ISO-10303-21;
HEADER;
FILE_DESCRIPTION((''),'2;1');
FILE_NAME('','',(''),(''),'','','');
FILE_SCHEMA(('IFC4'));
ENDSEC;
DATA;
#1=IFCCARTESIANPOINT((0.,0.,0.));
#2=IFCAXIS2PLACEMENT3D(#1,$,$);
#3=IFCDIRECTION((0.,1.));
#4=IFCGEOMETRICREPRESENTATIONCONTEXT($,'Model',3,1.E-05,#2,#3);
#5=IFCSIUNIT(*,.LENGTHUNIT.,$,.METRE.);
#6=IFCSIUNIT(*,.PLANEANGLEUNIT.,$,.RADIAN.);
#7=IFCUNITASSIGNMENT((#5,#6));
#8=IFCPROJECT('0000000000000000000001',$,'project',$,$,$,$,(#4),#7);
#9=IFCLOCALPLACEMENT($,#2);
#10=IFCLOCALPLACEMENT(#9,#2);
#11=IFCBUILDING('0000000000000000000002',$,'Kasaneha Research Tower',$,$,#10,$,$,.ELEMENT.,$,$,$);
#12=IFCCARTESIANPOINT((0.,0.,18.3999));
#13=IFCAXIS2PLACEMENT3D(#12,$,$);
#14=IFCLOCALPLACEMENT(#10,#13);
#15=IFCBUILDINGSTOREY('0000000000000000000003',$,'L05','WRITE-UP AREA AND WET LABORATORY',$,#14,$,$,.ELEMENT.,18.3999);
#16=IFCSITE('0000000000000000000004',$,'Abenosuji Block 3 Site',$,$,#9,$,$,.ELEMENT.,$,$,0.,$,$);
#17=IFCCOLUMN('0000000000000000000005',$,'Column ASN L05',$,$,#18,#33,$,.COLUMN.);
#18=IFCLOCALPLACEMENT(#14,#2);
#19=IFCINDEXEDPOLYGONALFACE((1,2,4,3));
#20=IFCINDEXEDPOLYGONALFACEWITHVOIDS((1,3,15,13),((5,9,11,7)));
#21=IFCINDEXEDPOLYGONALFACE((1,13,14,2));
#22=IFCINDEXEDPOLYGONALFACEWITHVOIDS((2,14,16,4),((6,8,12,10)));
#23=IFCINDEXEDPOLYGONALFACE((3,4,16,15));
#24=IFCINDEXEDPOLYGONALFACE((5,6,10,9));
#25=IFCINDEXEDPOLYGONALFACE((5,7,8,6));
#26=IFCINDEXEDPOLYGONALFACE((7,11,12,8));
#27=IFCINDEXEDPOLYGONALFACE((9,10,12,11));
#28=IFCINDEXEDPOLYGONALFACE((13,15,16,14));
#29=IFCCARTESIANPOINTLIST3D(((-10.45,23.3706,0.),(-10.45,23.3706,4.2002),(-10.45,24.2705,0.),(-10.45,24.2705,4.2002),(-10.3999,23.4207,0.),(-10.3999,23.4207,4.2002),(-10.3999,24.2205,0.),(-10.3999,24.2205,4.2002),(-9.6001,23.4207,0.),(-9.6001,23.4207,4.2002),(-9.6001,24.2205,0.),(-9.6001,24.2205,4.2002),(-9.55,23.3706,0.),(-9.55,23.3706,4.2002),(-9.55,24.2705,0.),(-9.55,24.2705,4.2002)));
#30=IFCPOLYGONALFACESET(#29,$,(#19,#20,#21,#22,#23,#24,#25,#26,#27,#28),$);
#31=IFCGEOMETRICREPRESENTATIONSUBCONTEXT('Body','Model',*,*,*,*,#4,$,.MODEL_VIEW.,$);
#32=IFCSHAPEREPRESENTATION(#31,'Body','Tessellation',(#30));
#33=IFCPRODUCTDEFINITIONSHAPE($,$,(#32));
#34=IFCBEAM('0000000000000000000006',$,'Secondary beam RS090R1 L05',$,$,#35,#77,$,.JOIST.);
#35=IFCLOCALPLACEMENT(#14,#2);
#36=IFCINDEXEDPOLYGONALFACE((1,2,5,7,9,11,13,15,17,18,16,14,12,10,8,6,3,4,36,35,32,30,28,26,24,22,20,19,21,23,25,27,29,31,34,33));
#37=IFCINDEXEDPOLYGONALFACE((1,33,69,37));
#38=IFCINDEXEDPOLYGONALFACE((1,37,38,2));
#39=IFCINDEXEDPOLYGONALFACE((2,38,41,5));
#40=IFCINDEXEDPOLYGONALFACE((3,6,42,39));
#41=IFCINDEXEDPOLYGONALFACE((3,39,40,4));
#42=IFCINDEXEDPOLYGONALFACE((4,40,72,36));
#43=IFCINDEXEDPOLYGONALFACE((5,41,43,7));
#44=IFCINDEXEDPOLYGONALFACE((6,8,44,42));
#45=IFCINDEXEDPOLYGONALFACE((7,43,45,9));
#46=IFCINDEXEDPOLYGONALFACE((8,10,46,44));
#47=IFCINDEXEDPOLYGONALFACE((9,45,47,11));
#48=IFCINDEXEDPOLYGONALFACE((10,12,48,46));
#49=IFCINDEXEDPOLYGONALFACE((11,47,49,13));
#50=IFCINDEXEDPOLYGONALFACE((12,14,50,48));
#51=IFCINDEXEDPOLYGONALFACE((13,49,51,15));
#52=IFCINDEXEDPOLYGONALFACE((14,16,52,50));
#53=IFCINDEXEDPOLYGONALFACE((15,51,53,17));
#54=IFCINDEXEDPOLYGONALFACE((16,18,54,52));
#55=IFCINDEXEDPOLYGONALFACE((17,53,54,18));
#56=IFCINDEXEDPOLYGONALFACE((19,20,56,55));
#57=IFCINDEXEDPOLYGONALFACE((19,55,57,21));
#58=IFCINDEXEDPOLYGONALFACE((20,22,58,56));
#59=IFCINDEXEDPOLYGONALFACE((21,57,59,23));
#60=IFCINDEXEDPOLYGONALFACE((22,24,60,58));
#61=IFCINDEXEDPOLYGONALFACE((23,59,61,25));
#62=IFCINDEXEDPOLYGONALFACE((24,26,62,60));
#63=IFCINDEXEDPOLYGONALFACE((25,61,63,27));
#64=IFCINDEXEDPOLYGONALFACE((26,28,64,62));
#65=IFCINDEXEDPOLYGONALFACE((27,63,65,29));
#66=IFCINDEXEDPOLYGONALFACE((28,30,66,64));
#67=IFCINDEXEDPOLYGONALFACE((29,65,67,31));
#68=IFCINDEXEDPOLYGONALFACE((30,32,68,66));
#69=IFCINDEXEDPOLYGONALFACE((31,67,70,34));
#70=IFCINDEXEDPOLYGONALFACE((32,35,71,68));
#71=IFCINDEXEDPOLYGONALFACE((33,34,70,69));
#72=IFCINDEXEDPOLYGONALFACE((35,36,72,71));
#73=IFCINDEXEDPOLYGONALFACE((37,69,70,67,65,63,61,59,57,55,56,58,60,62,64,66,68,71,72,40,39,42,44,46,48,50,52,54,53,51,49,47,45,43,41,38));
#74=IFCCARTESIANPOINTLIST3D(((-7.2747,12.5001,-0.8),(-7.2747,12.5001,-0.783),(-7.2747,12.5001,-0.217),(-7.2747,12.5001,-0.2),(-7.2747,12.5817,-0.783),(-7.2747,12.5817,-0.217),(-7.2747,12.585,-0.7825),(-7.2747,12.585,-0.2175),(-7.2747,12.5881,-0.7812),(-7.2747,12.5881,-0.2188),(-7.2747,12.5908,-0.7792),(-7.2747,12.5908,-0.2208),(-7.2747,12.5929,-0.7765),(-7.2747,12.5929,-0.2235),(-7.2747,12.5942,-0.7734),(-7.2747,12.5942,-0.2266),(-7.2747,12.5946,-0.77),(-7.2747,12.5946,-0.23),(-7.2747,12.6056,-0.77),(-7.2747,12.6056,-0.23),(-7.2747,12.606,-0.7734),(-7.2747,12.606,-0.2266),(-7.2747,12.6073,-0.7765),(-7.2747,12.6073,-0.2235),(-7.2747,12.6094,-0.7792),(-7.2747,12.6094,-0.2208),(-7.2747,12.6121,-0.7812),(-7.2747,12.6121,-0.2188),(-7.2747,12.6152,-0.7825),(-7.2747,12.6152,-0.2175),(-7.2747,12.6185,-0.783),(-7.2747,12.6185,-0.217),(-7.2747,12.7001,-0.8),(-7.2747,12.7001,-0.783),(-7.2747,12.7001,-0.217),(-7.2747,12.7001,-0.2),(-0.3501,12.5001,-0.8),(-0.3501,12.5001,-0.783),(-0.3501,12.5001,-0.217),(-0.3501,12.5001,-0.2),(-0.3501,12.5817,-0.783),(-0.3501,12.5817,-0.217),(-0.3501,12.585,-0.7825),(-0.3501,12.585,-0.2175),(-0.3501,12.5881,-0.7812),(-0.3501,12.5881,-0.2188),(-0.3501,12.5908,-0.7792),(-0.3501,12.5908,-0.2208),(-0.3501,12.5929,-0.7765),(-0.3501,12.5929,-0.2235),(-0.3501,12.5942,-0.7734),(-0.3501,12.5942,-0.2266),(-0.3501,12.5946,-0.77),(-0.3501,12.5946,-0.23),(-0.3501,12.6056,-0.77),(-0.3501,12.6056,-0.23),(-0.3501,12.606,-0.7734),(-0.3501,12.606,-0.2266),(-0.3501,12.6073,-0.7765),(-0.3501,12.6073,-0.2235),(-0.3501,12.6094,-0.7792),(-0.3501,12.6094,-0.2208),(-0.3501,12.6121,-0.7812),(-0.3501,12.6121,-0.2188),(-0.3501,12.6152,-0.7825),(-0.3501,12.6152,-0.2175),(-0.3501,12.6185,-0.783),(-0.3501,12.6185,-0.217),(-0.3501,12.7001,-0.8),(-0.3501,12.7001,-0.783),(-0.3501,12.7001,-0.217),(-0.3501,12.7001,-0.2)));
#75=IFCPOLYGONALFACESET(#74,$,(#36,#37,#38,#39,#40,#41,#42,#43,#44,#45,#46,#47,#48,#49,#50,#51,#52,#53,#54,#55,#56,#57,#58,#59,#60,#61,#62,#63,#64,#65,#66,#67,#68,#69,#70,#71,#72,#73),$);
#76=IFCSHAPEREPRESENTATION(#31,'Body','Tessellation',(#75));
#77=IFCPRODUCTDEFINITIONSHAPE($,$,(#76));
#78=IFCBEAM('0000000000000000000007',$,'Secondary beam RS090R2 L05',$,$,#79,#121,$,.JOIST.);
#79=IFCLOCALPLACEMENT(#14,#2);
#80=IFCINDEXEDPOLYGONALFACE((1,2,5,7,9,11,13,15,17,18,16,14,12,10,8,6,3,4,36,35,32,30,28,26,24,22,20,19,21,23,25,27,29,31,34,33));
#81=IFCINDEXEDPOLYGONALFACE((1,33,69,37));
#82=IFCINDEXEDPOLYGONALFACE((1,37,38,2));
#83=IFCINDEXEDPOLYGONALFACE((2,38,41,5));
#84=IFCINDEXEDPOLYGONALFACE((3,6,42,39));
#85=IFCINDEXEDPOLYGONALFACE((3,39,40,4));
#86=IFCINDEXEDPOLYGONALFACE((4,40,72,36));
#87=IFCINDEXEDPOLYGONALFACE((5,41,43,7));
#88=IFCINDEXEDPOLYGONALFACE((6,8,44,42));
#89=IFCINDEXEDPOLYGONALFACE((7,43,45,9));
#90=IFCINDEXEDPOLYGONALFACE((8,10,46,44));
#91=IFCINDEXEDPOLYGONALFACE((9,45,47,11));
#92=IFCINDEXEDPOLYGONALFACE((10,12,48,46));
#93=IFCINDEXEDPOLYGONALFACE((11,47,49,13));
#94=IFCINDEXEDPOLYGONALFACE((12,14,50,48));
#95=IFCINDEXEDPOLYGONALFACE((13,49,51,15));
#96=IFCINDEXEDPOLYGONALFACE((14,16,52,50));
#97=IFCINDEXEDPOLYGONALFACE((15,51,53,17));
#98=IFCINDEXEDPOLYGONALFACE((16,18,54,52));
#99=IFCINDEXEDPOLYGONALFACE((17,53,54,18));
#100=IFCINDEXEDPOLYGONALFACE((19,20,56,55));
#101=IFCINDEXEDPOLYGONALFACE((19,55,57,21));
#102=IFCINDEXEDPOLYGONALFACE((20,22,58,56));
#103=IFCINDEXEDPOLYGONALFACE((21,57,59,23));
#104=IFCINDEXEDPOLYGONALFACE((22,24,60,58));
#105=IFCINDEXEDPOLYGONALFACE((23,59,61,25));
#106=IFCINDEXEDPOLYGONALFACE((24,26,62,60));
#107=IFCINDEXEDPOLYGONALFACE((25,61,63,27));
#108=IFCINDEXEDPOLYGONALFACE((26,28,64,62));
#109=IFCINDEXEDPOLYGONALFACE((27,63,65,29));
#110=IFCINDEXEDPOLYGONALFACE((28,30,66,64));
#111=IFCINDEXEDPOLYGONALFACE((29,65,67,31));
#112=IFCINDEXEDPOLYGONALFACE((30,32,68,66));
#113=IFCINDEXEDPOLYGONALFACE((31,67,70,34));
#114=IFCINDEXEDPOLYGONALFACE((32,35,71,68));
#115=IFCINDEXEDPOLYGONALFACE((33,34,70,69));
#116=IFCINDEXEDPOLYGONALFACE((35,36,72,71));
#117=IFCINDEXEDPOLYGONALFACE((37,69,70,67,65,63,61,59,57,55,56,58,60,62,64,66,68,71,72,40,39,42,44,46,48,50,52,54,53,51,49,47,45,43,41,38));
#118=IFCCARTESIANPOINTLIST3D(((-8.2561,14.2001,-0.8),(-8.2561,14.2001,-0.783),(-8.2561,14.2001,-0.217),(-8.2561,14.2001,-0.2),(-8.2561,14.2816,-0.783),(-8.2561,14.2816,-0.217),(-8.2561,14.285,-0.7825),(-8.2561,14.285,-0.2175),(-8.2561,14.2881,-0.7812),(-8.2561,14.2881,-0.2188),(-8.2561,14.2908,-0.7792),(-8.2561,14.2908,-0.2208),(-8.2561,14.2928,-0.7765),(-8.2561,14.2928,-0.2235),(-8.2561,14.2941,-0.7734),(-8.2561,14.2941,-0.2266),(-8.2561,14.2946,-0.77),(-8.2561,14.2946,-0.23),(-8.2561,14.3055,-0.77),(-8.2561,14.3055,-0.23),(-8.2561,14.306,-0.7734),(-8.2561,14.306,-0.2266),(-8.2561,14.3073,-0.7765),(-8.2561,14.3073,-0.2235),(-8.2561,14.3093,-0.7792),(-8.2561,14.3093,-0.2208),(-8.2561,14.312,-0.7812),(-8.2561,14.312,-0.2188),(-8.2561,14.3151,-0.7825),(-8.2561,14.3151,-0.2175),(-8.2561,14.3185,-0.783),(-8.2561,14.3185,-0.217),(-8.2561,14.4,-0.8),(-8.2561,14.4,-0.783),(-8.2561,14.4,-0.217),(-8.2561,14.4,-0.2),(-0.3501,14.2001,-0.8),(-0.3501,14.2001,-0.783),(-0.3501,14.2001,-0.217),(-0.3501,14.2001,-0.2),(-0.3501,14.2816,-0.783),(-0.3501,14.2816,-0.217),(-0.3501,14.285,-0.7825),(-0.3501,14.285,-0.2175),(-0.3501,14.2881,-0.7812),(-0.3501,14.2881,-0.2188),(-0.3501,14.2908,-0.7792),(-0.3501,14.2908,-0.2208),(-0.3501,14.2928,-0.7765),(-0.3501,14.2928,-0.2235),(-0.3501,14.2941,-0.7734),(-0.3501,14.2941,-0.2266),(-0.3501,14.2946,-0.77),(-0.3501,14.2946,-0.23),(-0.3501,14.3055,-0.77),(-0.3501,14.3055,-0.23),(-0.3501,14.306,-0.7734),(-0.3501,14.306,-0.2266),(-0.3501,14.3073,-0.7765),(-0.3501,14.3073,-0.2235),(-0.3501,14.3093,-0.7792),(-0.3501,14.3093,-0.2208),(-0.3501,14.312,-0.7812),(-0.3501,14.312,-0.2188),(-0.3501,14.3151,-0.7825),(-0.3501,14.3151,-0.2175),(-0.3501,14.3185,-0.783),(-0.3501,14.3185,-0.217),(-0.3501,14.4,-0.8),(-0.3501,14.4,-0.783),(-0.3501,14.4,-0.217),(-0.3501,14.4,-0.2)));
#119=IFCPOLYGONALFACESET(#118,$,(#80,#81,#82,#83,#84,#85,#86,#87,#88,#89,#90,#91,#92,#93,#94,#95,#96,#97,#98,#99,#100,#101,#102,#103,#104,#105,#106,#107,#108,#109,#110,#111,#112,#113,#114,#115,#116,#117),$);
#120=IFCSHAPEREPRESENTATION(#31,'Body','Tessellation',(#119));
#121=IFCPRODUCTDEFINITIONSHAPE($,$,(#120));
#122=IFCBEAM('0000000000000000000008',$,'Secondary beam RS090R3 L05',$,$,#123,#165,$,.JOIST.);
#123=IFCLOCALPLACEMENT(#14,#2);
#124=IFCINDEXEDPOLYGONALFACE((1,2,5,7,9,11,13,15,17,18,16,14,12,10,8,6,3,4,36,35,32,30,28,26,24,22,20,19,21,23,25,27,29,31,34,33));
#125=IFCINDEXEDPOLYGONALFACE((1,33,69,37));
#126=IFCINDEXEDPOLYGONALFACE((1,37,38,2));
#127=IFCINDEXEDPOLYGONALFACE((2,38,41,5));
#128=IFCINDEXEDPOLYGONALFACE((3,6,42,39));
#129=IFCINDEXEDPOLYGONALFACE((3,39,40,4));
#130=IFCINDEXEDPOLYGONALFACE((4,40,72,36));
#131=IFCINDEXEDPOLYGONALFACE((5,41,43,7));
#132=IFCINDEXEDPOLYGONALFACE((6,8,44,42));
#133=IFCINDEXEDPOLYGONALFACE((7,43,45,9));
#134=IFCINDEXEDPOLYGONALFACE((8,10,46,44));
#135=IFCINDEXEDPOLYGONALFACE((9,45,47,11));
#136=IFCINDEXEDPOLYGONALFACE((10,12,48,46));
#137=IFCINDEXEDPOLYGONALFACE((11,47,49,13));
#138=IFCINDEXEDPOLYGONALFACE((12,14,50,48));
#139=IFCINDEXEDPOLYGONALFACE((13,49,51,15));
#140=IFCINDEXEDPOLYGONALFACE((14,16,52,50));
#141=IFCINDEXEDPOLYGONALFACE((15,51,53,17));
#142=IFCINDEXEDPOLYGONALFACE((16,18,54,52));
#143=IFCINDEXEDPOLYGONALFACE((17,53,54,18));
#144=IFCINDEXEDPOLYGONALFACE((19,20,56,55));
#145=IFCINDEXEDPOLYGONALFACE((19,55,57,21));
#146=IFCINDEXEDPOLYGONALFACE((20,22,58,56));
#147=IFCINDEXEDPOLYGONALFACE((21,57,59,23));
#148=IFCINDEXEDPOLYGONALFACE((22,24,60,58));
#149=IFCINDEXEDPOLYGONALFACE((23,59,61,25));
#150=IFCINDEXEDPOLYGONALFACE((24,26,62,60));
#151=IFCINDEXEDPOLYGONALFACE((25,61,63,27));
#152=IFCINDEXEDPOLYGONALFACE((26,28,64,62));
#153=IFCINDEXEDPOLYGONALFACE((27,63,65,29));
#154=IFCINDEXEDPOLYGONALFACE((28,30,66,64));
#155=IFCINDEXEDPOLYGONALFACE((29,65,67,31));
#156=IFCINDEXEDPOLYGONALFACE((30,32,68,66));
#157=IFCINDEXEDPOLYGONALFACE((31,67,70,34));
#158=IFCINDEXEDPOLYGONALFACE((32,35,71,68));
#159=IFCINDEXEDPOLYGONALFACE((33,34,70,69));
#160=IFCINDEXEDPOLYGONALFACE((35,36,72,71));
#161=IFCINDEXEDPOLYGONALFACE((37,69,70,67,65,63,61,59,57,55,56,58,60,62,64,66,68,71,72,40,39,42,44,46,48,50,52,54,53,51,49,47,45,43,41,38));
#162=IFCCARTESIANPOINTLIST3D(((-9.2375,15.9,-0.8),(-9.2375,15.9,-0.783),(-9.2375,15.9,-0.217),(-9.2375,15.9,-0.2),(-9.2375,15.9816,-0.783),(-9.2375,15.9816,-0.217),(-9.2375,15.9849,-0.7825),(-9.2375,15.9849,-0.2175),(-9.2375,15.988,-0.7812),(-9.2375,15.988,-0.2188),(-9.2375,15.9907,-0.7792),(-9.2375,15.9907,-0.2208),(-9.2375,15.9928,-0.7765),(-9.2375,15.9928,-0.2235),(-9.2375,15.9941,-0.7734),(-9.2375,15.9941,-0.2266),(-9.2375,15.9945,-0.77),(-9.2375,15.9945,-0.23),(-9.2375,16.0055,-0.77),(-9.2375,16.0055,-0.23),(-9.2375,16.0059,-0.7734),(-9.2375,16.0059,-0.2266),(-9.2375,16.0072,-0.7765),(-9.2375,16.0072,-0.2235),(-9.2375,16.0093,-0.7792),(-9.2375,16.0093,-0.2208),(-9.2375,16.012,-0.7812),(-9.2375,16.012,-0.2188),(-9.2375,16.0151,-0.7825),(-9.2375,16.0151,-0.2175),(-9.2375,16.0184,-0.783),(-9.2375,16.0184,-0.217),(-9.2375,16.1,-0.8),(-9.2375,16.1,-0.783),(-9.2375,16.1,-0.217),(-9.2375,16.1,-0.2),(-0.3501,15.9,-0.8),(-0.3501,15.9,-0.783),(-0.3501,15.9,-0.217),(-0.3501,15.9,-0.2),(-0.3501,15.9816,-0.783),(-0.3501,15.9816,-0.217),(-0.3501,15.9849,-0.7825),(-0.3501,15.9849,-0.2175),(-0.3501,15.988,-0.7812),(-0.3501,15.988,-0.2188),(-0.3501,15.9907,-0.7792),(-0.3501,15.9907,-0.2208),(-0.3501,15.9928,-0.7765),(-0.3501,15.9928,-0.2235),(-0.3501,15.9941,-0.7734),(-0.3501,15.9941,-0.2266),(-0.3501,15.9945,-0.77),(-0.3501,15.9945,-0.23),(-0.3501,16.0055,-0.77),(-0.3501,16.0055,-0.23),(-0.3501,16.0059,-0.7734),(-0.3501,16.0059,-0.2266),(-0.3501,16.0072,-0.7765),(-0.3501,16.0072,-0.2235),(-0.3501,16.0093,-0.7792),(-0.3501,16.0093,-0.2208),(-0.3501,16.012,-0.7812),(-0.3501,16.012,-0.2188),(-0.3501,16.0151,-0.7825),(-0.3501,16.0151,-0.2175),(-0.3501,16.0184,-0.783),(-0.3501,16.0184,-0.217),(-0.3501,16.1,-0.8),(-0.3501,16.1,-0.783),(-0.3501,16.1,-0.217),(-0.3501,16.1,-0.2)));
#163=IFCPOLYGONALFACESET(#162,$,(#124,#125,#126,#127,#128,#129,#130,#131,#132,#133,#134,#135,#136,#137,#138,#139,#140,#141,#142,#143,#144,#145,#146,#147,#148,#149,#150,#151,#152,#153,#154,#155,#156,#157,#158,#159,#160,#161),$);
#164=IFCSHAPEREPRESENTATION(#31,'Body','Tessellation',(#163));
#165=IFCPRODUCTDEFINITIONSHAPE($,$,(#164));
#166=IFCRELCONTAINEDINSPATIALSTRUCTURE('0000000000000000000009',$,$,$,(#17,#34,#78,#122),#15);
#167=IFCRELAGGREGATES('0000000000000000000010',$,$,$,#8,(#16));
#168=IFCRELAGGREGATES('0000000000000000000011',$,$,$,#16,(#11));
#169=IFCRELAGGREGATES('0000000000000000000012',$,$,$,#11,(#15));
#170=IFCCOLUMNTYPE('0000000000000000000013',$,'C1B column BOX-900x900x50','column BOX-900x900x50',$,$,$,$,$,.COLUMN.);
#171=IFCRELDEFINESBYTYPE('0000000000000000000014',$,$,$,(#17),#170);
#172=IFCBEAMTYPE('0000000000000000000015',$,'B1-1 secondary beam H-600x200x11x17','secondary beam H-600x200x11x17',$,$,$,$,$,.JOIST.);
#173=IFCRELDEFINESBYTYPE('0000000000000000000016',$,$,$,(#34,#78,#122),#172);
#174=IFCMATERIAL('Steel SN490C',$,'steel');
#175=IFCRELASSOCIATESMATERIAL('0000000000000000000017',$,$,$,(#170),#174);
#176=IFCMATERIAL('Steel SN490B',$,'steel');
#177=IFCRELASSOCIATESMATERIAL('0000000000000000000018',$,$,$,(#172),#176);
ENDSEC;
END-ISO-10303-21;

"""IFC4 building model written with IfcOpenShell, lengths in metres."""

from ifc_helpers import new_model, si_unit, direction, frame, origin, origin_2d, place, context, subcontext, project, spatial, hollow_rectangle, i_section, extrude, material, material_profile, profile_set, type_object, element, save


model = new_model("IFC4")

# Units and contexts
model_context = context("Model", 3, precision=1e-05, world=origin(), true_north=direction((0.0, 1.0)))
body_context = subcontext(model_context, "Body", "Model", "MODEL_VIEW")
ifc_project = project(units=[si_unit("LENGTHUNIT", "METRE"), si_unit("PLANEANGLEUNIT", "RADIAN")], contexts=[model_context])

# Site, building, storey
site_placement = place(None, origin())
site = spatial("IfcSite", under=ifc_project, at=site_placement, Name="Abenosuji Block 3 Site", CompositionType="ELEMENT", RefElevation=0.0)
building_placement = place(site_placement, origin())
building = spatial("IfcBuilding", under=site, at=building_placement, Name="Kasaneha Research Tower", CompositionType="ELEMENT")
storey_placement = place(building_placement, frame((0.0, 0.0, 18.3999)))
storey = spatial("IfcBuildingStorey", under=building, at=storey_placement, Name="L05", Description="WRITE-UP AREA AND WET LABORATORY", CompositionType="ELEMENT", Elevation=18.3999)

# Column
ifc_material_1 = material(Name="Steel SN490C", Category="steel")
ifc_material_profile_1 = material_profile(ifc_material_1, hollow_rectangle(XDim=0.8999, YDim=0.8999, WallThickness=0.05, at=origin_2d()), Name="BOX-900x900x50")
ifc_profile_set_1 = profile_set([ifc_material_profile_1], Name="Steel SN490C")
column_type = type_object("IfcColumnType", Name="C1B column BOX-900x900x50", Description="column BOX-900x900x50", PredefinedType="COLUMN", material=ifc_profile_set_1)
column_placement = place(storey_placement, frame((-10.0, 23.8206, 0.0), z_axis=(0.0, 0.0, 1.0), x_axis=(1.0, 0.0, 0.0)))
element("IfcColumn", 1, at=column_placement, inside=storey, type_object=column_type, Name="Column ASN L05", PredefinedType="COLUMN", context=body_context, shape_type="SweptSolid", body=[
    extrude(hollow_rectangle(XDim=0.8999, YDim=0.8999, WallThickness=0.05, at=origin_2d()), origin(), (0.0, 0.0, 1.0), 4.2002),
])

# Beams
ifc_material_2 = material(Name="Steel SN490B", Category="steel")
ifc_material_profile_2 = material_profile(ifc_material_2, i_section(OverallWidth=0.2, OverallDepth=0.6001, WebThickness=0.011, FlangeThickness=0.0171, FilletRadius=0.0129, at=origin_2d()), Name="H-600x200x11x17")
ifc_profile_set_2 = profile_set([ifc_material_profile_2], Name="Steel SN490B")
beam_type_1 = type_object("IfcBeamType", Name="B1-1 secondary beam H-600x200x11x17", Description="secondary beam H-600x200x11x17", PredefinedType="JOIST", material=ifc_profile_set_2)
beam_1_placement = place(storey_placement, frame((-7.2747, 12.6001, -0.5), z_axis=(1.0, 0.0, 0.0), x_axis=(0.0, 1.0, 0.0)))
element("IfcBeam", 2, at=beam_1_placement, inside=storey, type_object=beam_type_1, Name="Secondary beam RS090R1 L05", PredefinedType="JOIST", context=body_context, shape_type="SweptSolid", body=[
    extrude(i_section(OverallWidth=0.2, OverallDepth=0.6001, WebThickness=0.011, FlangeThickness=0.0171, FilletRadius=0.0129, at=origin_2d()), origin(), (0.0, 0.0, 1.0), 6.9246),
])
beam_2_placement = place(storey_placement, frame((-8.2561, 14.3, -0.5), z_axis=(1.0, 0.0, 0.0), x_axis=(0.0, 1.0, 0.0)))
element("IfcBeam", 3, at=beam_2_placement, inside=storey, type_object=beam_type_1, Name="Secondary beam RS090R2 L05", PredefinedType="JOIST", context=body_context, shape_type="SweptSolid", body=[
    extrude(i_section(OverallWidth=0.2, OverallDepth=0.6001, WebThickness=0.011, FlangeThickness=0.0171, FilletRadius=0.0129, at=origin_2d()), origin(), (0.0, 0.0, 1.0), 7.906),
])
beam_3_placement = place(storey_placement, frame((-9.2375, 16.0, -0.5), z_axis=(1.0, 0.0, 0.0), x_axis=(0.0, 1.0, 0.0)))
element("IfcBeam", 4, at=beam_3_placement, inside=storey, type_object=beam_type_1, Name="Secondary beam RS090R3 L05", PredefinedType="JOIST", context=body_context, shape_type="SweptSolid", body=[
    extrude(i_section(OverallWidth=0.2, OverallDepth=0.6001, WebThickness=0.011, FlangeThickness=0.0171, FilletRadius=0.0129, at=origin_2d()), origin(), (0.0, 0.0, 1.0), 8.8875),
])

save(model, "model.ifc")
